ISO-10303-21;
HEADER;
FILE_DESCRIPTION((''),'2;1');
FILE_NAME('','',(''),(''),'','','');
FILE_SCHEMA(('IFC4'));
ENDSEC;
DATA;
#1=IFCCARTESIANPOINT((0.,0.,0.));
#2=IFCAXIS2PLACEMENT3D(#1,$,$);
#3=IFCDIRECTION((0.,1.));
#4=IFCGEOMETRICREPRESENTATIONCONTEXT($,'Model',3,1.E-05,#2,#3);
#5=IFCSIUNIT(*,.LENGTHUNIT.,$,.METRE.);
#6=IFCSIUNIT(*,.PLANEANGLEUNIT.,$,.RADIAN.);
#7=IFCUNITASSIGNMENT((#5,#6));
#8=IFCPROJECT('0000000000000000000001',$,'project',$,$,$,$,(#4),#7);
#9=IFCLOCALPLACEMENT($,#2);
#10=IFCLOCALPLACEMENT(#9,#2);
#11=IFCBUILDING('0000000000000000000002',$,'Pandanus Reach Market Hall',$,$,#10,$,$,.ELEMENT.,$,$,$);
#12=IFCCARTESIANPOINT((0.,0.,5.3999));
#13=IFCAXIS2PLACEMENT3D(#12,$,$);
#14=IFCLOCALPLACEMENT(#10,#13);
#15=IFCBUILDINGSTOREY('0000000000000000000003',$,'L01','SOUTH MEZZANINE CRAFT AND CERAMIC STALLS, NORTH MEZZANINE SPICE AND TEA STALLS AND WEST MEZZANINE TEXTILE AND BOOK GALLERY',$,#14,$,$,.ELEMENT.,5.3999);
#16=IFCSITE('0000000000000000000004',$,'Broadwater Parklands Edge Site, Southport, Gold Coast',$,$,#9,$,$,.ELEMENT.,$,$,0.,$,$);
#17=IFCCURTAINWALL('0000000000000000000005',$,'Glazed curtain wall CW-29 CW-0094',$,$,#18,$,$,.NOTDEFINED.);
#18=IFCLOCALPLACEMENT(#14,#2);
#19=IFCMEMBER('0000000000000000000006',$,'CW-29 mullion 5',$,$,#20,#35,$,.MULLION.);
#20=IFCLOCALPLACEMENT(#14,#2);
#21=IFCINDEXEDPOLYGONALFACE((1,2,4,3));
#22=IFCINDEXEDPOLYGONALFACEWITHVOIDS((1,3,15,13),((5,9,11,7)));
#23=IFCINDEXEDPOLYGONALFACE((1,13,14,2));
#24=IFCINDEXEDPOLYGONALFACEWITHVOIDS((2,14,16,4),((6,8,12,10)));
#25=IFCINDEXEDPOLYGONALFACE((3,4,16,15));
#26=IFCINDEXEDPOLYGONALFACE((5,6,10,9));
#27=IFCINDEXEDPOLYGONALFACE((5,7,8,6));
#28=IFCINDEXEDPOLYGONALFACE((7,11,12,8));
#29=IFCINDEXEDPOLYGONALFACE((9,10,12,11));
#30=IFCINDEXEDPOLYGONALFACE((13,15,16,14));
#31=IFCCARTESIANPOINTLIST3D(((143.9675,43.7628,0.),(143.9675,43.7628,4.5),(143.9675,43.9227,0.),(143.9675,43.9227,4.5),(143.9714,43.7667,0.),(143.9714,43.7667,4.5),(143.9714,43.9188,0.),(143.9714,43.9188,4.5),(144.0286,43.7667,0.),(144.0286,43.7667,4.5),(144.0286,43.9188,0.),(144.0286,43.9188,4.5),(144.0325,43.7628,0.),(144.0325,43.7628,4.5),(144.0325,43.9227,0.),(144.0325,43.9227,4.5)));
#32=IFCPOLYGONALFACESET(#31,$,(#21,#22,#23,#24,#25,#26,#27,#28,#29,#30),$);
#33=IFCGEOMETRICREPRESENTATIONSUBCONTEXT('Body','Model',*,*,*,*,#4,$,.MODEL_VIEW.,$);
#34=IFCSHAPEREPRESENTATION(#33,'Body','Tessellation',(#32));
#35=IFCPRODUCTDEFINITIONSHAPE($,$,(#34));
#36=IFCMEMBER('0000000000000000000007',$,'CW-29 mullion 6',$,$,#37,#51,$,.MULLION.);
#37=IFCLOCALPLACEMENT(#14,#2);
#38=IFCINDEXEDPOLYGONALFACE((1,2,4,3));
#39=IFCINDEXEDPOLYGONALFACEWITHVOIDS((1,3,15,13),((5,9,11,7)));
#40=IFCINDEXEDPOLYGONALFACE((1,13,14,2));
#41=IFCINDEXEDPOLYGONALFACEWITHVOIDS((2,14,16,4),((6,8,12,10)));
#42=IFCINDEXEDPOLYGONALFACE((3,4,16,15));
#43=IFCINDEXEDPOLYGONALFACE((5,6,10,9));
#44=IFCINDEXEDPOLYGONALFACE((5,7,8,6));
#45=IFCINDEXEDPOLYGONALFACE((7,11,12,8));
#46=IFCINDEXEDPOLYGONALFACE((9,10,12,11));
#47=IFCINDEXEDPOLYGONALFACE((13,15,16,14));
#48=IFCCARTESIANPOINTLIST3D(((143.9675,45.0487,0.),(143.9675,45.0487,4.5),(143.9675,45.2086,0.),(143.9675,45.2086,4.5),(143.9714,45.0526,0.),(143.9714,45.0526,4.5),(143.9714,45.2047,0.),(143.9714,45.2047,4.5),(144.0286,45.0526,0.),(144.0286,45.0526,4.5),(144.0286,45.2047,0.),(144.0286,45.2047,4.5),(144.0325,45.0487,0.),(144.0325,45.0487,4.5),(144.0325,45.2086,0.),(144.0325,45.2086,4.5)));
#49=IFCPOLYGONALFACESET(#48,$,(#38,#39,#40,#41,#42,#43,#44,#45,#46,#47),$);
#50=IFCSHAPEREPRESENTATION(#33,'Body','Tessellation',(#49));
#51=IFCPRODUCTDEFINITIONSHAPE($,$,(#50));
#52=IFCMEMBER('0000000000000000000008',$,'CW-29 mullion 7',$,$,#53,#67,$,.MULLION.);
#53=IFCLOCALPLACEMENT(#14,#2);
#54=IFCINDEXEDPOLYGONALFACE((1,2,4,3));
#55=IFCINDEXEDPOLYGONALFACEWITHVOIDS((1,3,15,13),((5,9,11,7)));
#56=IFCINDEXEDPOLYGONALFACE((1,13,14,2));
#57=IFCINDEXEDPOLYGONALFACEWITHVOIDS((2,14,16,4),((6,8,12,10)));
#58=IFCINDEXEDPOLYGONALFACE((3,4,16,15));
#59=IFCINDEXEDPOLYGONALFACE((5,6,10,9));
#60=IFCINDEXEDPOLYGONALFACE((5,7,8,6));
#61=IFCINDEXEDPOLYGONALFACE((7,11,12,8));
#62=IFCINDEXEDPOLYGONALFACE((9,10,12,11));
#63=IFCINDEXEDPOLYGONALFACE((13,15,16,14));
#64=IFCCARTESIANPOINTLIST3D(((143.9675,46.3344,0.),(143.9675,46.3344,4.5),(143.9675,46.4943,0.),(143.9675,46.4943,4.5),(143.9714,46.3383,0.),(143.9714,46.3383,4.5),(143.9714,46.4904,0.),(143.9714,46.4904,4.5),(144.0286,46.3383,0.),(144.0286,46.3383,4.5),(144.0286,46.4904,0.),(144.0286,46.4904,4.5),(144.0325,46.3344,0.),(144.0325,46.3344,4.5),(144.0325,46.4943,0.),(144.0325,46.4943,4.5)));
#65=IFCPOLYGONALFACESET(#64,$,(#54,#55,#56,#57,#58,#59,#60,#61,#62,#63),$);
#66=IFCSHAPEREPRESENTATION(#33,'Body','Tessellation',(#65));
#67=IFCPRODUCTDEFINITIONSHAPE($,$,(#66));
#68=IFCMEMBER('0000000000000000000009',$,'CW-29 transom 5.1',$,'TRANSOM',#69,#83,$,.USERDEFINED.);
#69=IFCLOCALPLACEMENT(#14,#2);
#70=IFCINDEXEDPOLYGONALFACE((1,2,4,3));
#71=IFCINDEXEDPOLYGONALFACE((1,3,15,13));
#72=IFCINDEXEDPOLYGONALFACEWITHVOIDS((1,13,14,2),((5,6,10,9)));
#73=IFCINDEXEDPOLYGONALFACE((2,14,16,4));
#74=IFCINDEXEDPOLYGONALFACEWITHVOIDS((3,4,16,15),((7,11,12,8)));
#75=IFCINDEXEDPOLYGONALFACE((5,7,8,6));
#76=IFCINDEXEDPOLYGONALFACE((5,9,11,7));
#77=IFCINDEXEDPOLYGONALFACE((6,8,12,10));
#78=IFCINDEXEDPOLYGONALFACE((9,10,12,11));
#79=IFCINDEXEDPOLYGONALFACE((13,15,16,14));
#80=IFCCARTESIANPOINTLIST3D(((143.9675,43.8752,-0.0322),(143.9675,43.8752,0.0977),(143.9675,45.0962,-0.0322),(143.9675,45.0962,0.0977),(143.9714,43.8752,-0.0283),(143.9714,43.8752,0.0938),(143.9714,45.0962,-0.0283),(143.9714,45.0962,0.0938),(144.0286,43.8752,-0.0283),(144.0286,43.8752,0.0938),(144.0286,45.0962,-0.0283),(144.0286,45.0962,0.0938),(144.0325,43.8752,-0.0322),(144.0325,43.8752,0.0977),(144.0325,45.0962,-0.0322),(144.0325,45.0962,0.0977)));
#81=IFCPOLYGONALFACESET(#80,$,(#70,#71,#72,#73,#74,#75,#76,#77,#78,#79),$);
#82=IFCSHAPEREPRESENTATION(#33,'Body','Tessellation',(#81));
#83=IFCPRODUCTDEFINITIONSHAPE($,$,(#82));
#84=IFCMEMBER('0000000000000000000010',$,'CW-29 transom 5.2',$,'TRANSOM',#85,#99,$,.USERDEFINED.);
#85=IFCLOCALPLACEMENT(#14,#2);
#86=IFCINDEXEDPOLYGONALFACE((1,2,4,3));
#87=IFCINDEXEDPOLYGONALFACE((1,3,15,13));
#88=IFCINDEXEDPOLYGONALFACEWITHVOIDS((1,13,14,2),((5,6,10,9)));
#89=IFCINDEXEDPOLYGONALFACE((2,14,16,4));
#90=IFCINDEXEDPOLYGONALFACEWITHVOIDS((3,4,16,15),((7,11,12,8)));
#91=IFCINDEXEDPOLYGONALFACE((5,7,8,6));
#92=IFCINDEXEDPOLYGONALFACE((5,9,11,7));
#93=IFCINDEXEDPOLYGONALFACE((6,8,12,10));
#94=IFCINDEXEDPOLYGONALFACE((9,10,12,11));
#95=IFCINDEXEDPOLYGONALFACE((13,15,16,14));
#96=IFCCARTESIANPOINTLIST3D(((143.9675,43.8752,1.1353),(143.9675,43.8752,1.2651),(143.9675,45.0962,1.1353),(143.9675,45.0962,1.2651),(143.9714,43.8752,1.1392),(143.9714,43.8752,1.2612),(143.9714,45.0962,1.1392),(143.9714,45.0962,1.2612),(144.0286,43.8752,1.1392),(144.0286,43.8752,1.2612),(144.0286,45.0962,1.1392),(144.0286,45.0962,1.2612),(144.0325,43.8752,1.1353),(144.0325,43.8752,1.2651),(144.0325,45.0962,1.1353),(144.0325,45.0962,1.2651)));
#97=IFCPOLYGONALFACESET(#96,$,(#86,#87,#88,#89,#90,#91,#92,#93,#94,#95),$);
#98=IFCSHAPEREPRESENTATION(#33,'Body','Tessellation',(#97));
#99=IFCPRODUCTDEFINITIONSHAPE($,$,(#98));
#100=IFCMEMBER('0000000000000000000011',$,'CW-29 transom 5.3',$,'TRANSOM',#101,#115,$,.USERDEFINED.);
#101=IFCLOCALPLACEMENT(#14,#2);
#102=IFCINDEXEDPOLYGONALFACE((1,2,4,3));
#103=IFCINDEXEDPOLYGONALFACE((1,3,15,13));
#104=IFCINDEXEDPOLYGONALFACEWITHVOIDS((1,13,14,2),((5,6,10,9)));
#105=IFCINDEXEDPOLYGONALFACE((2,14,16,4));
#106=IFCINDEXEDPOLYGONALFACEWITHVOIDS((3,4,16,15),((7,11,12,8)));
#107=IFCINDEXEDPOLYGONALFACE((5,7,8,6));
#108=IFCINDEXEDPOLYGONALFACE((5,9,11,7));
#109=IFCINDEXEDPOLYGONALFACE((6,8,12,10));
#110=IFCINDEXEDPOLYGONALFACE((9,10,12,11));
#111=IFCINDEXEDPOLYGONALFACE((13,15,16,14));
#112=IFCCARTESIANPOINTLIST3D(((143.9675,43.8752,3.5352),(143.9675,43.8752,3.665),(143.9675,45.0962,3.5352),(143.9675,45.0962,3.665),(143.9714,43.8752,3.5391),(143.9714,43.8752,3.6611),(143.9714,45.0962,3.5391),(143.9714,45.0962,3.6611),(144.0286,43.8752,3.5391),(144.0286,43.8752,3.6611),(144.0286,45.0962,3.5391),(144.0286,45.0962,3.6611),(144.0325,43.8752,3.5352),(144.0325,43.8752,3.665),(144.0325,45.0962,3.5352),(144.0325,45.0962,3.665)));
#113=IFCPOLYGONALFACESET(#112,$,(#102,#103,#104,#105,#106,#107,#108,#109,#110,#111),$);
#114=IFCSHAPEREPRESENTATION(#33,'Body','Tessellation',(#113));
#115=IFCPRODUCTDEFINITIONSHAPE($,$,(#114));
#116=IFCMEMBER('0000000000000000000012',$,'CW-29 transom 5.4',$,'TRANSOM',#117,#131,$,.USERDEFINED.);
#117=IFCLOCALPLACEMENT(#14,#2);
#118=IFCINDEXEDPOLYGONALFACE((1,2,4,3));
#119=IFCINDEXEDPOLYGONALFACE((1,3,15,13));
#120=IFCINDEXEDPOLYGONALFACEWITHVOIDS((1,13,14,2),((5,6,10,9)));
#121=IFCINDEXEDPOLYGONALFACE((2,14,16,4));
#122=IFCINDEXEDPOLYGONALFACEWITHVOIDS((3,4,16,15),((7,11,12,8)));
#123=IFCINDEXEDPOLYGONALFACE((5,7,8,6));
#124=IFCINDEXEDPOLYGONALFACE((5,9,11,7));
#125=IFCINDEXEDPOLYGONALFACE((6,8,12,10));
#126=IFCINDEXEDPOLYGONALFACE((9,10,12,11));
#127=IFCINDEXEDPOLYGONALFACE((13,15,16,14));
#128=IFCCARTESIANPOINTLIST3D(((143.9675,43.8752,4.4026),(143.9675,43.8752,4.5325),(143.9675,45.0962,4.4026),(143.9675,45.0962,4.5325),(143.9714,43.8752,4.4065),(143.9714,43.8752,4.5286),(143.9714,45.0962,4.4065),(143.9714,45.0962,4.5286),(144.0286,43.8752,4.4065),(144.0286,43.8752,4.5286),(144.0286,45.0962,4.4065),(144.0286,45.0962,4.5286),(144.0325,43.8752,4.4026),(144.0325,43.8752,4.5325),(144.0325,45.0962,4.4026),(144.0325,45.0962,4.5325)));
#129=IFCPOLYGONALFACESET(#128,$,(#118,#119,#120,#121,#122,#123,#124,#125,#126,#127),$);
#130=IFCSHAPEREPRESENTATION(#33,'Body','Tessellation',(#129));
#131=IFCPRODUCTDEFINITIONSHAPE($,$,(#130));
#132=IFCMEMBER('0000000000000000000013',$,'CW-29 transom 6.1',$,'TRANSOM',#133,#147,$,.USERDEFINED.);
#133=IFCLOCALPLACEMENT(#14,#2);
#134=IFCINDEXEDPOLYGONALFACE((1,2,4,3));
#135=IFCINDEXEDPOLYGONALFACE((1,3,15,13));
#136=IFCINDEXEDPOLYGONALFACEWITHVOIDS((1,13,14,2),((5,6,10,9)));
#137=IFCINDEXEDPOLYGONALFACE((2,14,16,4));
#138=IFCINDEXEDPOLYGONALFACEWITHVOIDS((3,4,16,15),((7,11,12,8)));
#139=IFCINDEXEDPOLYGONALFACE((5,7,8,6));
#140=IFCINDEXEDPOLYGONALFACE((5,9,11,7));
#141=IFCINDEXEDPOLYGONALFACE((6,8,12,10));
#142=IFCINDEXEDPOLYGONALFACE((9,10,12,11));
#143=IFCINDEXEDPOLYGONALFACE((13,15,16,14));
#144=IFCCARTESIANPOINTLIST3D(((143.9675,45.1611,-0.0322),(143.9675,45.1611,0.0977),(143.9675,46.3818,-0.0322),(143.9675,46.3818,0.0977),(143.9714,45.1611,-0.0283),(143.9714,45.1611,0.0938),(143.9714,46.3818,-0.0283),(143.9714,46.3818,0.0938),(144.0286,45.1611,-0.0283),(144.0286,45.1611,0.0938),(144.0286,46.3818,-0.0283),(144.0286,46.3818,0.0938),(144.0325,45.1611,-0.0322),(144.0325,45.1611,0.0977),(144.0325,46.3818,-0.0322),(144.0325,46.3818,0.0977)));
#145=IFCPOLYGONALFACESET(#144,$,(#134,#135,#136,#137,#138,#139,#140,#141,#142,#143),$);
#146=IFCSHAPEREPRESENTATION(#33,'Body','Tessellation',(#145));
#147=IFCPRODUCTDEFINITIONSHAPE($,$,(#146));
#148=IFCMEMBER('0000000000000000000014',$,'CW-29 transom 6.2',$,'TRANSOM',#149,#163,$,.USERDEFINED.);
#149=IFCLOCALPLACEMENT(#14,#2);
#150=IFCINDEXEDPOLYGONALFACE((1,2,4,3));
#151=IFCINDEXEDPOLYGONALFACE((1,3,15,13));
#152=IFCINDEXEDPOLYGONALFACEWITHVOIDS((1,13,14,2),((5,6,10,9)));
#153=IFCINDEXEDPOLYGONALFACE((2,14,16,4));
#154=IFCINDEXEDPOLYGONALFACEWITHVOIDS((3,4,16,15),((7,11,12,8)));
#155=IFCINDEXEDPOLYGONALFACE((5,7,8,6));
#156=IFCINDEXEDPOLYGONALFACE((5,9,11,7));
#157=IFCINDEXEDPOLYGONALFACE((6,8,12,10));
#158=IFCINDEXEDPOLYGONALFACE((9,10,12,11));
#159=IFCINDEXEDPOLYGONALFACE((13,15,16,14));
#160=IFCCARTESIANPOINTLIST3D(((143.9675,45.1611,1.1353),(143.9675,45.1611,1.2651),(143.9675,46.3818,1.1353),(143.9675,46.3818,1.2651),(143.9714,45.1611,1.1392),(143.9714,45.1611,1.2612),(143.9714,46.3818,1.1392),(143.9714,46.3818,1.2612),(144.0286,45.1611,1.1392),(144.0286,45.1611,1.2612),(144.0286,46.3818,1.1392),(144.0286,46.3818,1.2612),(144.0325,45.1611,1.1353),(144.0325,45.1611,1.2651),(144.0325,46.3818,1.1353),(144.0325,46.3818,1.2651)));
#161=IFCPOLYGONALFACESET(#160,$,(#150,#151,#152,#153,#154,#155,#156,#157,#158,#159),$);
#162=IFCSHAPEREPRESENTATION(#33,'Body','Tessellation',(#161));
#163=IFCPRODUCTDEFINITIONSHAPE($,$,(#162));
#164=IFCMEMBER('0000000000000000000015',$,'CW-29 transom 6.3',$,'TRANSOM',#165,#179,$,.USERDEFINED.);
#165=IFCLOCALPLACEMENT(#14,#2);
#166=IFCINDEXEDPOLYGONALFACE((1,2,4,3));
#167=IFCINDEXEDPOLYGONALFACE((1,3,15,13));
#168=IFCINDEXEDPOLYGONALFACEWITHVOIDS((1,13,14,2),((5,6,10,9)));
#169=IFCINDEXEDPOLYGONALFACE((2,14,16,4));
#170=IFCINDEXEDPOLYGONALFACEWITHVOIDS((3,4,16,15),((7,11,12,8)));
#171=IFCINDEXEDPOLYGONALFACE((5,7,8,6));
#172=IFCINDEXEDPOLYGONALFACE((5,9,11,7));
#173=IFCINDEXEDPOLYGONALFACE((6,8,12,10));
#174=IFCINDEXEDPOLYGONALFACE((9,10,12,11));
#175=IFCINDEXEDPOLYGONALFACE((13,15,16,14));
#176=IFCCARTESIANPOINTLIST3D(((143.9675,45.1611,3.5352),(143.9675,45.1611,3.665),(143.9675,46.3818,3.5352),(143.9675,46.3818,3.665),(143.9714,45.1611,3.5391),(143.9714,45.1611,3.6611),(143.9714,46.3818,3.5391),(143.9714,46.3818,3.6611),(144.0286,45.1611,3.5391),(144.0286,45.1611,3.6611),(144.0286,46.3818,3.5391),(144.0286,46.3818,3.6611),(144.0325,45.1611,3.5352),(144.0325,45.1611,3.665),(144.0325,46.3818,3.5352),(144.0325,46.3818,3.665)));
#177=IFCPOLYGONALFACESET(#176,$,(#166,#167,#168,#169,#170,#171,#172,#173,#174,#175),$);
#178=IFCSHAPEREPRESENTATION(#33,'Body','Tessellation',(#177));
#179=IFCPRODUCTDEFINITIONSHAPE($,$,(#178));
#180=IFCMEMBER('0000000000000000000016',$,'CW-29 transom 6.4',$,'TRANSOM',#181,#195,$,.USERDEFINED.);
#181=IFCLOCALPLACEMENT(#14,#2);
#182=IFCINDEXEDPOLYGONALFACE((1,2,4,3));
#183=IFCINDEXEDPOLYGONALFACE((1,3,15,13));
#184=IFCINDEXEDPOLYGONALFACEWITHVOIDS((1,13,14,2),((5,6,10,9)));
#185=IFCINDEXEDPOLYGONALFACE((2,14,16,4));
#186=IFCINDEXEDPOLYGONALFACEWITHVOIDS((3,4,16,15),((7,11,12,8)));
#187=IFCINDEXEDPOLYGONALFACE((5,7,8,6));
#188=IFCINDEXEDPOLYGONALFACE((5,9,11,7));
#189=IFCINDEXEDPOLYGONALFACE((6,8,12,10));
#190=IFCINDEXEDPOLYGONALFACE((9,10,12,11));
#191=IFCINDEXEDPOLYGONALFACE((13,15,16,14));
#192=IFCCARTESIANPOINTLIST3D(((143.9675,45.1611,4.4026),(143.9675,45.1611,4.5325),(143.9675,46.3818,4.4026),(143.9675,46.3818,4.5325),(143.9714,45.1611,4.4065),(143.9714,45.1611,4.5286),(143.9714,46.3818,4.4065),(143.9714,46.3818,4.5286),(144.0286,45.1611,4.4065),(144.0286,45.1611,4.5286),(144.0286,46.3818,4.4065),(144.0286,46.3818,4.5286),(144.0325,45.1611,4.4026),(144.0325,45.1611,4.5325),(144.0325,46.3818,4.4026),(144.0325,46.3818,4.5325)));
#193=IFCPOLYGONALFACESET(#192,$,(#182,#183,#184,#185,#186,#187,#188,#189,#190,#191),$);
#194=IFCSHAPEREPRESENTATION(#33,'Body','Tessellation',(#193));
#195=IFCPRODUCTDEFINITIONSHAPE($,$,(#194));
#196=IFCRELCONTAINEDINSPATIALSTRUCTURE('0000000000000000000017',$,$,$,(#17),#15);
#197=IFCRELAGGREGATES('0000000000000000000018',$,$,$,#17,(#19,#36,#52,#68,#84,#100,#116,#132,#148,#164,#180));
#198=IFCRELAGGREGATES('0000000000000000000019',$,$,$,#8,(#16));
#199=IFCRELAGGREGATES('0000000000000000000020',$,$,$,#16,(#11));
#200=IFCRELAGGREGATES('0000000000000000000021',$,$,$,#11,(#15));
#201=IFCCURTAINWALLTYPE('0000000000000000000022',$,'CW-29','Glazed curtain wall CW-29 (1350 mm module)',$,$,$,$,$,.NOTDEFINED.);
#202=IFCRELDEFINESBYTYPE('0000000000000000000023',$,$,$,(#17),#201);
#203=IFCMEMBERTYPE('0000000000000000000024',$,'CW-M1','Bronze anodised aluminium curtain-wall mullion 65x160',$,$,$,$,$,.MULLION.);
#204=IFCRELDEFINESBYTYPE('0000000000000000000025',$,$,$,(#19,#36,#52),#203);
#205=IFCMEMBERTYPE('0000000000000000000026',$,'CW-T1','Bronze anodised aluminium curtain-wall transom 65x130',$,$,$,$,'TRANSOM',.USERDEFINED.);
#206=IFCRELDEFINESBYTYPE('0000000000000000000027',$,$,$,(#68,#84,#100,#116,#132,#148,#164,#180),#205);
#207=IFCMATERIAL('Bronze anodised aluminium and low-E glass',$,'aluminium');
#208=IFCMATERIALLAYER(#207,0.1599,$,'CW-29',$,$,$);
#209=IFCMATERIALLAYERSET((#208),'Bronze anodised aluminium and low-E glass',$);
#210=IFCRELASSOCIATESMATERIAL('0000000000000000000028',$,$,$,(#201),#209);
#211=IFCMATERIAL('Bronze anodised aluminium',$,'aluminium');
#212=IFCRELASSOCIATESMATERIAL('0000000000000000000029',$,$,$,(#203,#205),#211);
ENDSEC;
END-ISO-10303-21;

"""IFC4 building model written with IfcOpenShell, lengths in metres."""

from ifc_helpers import new_model, si_unit, direction, frame, origin, origin_2d, place, context, subcontext, project, spatial, hollow_rectangle, extrude, material, layer, layer_set, material_profile, profile_set, type_object, element, aggregate, save


model = new_model("IFC4")

# Units and contexts
model_context = context("Model", 3, precision=1e-05, world=origin(), true_north=direction((0.0, 1.0)))
body_context = subcontext(model_context, "Body", "Model", "MODEL_VIEW")
ifc_project = project(units=[si_unit("LENGTHUNIT", "METRE"), si_unit("PLANEANGLEUNIT", "RADIAN")], contexts=[model_context])

# Site, building, storey
site_placement = place(None, origin())
site = spatial("IfcSite", under=ifc_project, at=site_placement, Name="Broadwater Parklands Edge Site, Southport, Gold Coast", CompositionType="ELEMENT", RefElevation=0.0)
building_placement = place(site_placement, origin())
building = spatial("IfcBuilding", under=site, at=building_placement, Name="Pandanus Reach Market Hall", CompositionType="ELEMENT")
storey_placement = place(building_placement, frame((0.0, 0.0, 5.3999)))
storey = spatial("IfcBuildingStorey", under=building, at=storey_placement, Name="L01", Description="SOUTH MEZZANINE CRAFT AND CERAMIC STALLS, NORTH MEZZANINE SPICE AND TEA STALLS AND WEST MEZZANINE TEXTILE AND BOOK GALLERY", CompositionType="ELEMENT", Elevation=5.3999)

# Curtain wall, members
ifc_material_1 = material(Name="Bronze anodised aluminium and low-E glass", Category="aluminium")
ifc_layer_1 = layer(ifc_material_1, 0.1599, Name="CW-29")
ifc_layer_set_1 = layer_set([ifc_layer_1], Name="Bronze anodised aluminium and low-E glass")
curtain_wall_type = type_object("IfcCurtainWallType", Name="CW-29", Description="Glazed curtain wall CW-29 (1350 mm module)", PredefinedType="NOTDEFINED", material=ifc_layer_set_1)
curtain_wall_placement = place(storey_placement, origin())
curtain_wall = element("IfcCurtainWall", 1, at=curtain_wall_placement, inside=storey, type_object=curtain_wall_type, Name="Glazed curtain wall CW-29 CW-0094", PredefinedType="NOTDEFINED")
ifc_material_2 = material(Name="Bronze anodised aluminium", Category="aluminium")
ifc_material_profile_1 = material_profile(ifc_material_2, hollow_rectangle(XDim=0.0649, YDim=0.1599, WallThickness=0.0039, at=origin_2d()), Name="ALU65x160", Category="LoadBearing")
ifc_profile_set_1 = profile_set([ifc_material_profile_1], Name="Bronze anodised aluminium")
member_type_1 = type_object("IfcMemberType", Name="CW-M1", Description="Bronze anodised aluminium curtain-wall mullion 65x160", PredefinedType="MULLION", material=ifc_profile_set_1)
member_1_placement = place(storey_placement, frame((144.0, 43.8428, 0.0), z_axis=(0.0, 0.0, 1.0), x_axis=(-1.0, 0.0, 0.0)))
member_1 = element("IfcMember", 2, at=member_1_placement, type_object=member_type_1, Name="CW-29 mullion 5", PredefinedType="MULLION", context=body_context, shape_type="SweptSolid", body=[
    extrude(hollow_rectangle(XDim=0.0649, YDim=0.1599, WallThickness=0.0039, at=origin_2d()), origin(), (0.0, 0.0, 1.0), 4.5),
])
member_2_placement = place(storey_placement, frame((144.0, 45.1287, 0.0), z_axis=(0.0, 0.0, 1.0), x_axis=(-1.0, 0.0, 0.0)))
member_2 = element("IfcMember", 3, at=member_2_placement, type_object=member_type_1, Name="CW-29 mullion 6", PredefinedType="MULLION", context=body_context, shape_type="SweptSolid", body=[
    extrude(hollow_rectangle(XDim=0.0649, YDim=0.1599, WallThickness=0.0039, at=origin_2d()), origin(), (0.0, 0.0, 1.0), 4.5),
])
member_3_placement = place(storey_placement, frame((144.0, 46.4143, 0.0), z_axis=(0.0, 0.0, 1.0), x_axis=(-1.0, 0.0, 0.0)))
member_3 = element("IfcMember", 4, at=member_3_placement, type_object=member_type_1, Name="CW-29 mullion 7", PredefinedType="MULLION", context=body_context, shape_type="SweptSolid", body=[
    extrude(hollow_rectangle(XDim=0.0649, YDim=0.1599, WallThickness=0.0039, at=origin_2d()), origin(), (0.0, 0.0, 1.0), 4.5),
])
ifc_material_profile_2 = material_profile(ifc_material_2, hollow_rectangle(XDim=0.0649, YDim=0.1299, WallThickness=0.0039, at=origin_2d()), Name="ALU65x130", Category="LoadBearing")
ifc_profile_set_2 = profile_set([ifc_material_profile_2], Name="Bronze anodised aluminium")
member_type_2 = type_object("IfcMemberType", Name="CW-T1", Description="Bronze anodised aluminium curtain-wall transom 65x130", ElementType="TRANSOM", PredefinedType="USERDEFINED", material=ifc_profile_set_2)
member_4_placement = place(storey_placement, frame((144.0, 43.8752, 0.0327), z_axis=(0.0, 1.0, 0.0), x_axis=(-1.0, 0.0, 0.0)))
member_4 = element("IfcMember", 5, at=member_4_placement, type_object=member_type_2, Name="CW-29 transom 5.1", ObjectType="TRANSOM", PredefinedType="USERDEFINED", context=body_context, shape_type="SweptSolid", body=[
    extrude(hollow_rectangle(XDim=0.0649, YDim=0.1299, WallThickness=0.0039, at=origin_2d()), origin(), (0.0, 0.0, 1.0), 1.2209),
])
member_5_placement = place(storey_placement, frame((144.0, 43.8752, 1.2002), z_axis=(0.0, 1.0, 0.0), x_axis=(-1.0, 0.0, 0.0)))
member_5 = element("IfcMember", 6, at=member_5_placement, type_object=member_type_2, Name="CW-29 transom 5.2", ObjectType="TRANSOM", PredefinedType="USERDEFINED", context=body_context, shape_type="SweptSolid", body=[
    extrude(hollow_rectangle(XDim=0.0649, YDim=0.1299, WallThickness=0.0039, at=origin_2d()), origin(), (0.0, 0.0, 1.0), 1.2209),
])
member_6_placement = place(storey_placement, frame((144.0, 43.8752, 3.6001), z_axis=(0.0, 1.0, 0.0), x_axis=(-1.0, 0.0, 0.0)))
member_6 = element("IfcMember", 7, at=member_6_placement, type_object=member_type_2, Name="CW-29 transom 5.3", ObjectType="TRANSOM", PredefinedType="USERDEFINED", context=body_context, shape_type="SweptSolid", body=[
    extrude(hollow_rectangle(XDim=0.0649, YDim=0.1299, WallThickness=0.0039, at=origin_2d()), origin(), (0.0, 0.0, 1.0), 1.2209),
])
member_7_placement = place(storey_placement, frame((144.0, 43.8752, 4.4675), z_axis=(0.0, 1.0, 0.0), x_axis=(-1.0, 0.0, 0.0)))
member_7 = element("IfcMember", 8, at=member_7_placement, type_object=member_type_2, Name="CW-29 transom 5.4", ObjectType="TRANSOM", PredefinedType="USERDEFINED", context=body_context, shape_type="SweptSolid", body=[
    extrude(hollow_rectangle(XDim=0.0649, YDim=0.1299, WallThickness=0.0039, at=origin_2d()), origin(), (0.0, 0.0, 1.0), 1.2209),
])
member_8_placement = place(storey_placement, frame((144.0, 45.1611, 0.0327), z_axis=(0.0, 1.0, 0.0), x_axis=(-1.0, 0.0, 0.0)))
member_8 = element("IfcMember", 9, at=member_8_placement, type_object=member_type_2, Name="CW-29 transom 6.1", ObjectType="TRANSOM", PredefinedType="USERDEFINED", context=body_context, shape_type="SweptSolid", body=[
    extrude(hollow_rectangle(XDim=0.0649, YDim=0.1299, WallThickness=0.0039, at=origin_2d()), origin(), (0.0, 0.0, 1.0), 1.2207),
])
member_9_placement = place(storey_placement, frame((144.0, 45.1611, 1.2002), z_axis=(0.0, 1.0, 0.0), x_axis=(-1.0, 0.0, 0.0)))
member_9 = element("IfcMember", 10, at=member_9_placement, type_object=member_type_2, Name="CW-29 transom 6.2", ObjectType="TRANSOM", PredefinedType="USERDEFINED", context=body_context, shape_type="SweptSolid", body=[
    extrude(hollow_rectangle(XDim=0.0649, YDim=0.1299, WallThickness=0.0039, at=origin_2d()), origin(), (0.0, 0.0, 1.0), 1.2207),
])
member_10_placement = place(storey_placement, frame((144.0, 45.1611, 3.6001), z_axis=(0.0, 1.0, 0.0), x_axis=(-1.0, 0.0, 0.0)))
member_10 = element("IfcMember", 11, at=member_10_placement, type_object=member_type_2, Name="CW-29 transom 6.3", ObjectType="TRANSOM", PredefinedType="USERDEFINED", context=body_context, shape_type="SweptSolid", body=[
    extrude(hollow_rectangle(XDim=0.0649, YDim=0.1299, WallThickness=0.0039, at=origin_2d()), origin(), (0.0, 0.0, 1.0), 1.2207),
])
member_11_placement = place(storey_placement, frame((144.0, 45.1611, 4.4675), z_axis=(0.0, 1.0, 0.0), x_axis=(-1.0, 0.0, 0.0)))
member_11 = element("IfcMember", 12, at=member_11_placement, type_object=member_type_2, Name="CW-29 transom 6.4", ObjectType="TRANSOM", PredefinedType="USERDEFINED", context=body_context, shape_type="SweptSolid", body=[
    extrude(hollow_rectangle(XDim=0.0649, YDim=0.1299, WallThickness=0.0039, at=origin_2d()), origin(), (0.0, 0.0, 1.0), 1.2207),
])
aggregate(curtain_wall, [member_1, member_2, member_3, member_4, member_5, member_6, member_7, member_8, member_9, member_10, member_11])

save(model, "model.ifc")
